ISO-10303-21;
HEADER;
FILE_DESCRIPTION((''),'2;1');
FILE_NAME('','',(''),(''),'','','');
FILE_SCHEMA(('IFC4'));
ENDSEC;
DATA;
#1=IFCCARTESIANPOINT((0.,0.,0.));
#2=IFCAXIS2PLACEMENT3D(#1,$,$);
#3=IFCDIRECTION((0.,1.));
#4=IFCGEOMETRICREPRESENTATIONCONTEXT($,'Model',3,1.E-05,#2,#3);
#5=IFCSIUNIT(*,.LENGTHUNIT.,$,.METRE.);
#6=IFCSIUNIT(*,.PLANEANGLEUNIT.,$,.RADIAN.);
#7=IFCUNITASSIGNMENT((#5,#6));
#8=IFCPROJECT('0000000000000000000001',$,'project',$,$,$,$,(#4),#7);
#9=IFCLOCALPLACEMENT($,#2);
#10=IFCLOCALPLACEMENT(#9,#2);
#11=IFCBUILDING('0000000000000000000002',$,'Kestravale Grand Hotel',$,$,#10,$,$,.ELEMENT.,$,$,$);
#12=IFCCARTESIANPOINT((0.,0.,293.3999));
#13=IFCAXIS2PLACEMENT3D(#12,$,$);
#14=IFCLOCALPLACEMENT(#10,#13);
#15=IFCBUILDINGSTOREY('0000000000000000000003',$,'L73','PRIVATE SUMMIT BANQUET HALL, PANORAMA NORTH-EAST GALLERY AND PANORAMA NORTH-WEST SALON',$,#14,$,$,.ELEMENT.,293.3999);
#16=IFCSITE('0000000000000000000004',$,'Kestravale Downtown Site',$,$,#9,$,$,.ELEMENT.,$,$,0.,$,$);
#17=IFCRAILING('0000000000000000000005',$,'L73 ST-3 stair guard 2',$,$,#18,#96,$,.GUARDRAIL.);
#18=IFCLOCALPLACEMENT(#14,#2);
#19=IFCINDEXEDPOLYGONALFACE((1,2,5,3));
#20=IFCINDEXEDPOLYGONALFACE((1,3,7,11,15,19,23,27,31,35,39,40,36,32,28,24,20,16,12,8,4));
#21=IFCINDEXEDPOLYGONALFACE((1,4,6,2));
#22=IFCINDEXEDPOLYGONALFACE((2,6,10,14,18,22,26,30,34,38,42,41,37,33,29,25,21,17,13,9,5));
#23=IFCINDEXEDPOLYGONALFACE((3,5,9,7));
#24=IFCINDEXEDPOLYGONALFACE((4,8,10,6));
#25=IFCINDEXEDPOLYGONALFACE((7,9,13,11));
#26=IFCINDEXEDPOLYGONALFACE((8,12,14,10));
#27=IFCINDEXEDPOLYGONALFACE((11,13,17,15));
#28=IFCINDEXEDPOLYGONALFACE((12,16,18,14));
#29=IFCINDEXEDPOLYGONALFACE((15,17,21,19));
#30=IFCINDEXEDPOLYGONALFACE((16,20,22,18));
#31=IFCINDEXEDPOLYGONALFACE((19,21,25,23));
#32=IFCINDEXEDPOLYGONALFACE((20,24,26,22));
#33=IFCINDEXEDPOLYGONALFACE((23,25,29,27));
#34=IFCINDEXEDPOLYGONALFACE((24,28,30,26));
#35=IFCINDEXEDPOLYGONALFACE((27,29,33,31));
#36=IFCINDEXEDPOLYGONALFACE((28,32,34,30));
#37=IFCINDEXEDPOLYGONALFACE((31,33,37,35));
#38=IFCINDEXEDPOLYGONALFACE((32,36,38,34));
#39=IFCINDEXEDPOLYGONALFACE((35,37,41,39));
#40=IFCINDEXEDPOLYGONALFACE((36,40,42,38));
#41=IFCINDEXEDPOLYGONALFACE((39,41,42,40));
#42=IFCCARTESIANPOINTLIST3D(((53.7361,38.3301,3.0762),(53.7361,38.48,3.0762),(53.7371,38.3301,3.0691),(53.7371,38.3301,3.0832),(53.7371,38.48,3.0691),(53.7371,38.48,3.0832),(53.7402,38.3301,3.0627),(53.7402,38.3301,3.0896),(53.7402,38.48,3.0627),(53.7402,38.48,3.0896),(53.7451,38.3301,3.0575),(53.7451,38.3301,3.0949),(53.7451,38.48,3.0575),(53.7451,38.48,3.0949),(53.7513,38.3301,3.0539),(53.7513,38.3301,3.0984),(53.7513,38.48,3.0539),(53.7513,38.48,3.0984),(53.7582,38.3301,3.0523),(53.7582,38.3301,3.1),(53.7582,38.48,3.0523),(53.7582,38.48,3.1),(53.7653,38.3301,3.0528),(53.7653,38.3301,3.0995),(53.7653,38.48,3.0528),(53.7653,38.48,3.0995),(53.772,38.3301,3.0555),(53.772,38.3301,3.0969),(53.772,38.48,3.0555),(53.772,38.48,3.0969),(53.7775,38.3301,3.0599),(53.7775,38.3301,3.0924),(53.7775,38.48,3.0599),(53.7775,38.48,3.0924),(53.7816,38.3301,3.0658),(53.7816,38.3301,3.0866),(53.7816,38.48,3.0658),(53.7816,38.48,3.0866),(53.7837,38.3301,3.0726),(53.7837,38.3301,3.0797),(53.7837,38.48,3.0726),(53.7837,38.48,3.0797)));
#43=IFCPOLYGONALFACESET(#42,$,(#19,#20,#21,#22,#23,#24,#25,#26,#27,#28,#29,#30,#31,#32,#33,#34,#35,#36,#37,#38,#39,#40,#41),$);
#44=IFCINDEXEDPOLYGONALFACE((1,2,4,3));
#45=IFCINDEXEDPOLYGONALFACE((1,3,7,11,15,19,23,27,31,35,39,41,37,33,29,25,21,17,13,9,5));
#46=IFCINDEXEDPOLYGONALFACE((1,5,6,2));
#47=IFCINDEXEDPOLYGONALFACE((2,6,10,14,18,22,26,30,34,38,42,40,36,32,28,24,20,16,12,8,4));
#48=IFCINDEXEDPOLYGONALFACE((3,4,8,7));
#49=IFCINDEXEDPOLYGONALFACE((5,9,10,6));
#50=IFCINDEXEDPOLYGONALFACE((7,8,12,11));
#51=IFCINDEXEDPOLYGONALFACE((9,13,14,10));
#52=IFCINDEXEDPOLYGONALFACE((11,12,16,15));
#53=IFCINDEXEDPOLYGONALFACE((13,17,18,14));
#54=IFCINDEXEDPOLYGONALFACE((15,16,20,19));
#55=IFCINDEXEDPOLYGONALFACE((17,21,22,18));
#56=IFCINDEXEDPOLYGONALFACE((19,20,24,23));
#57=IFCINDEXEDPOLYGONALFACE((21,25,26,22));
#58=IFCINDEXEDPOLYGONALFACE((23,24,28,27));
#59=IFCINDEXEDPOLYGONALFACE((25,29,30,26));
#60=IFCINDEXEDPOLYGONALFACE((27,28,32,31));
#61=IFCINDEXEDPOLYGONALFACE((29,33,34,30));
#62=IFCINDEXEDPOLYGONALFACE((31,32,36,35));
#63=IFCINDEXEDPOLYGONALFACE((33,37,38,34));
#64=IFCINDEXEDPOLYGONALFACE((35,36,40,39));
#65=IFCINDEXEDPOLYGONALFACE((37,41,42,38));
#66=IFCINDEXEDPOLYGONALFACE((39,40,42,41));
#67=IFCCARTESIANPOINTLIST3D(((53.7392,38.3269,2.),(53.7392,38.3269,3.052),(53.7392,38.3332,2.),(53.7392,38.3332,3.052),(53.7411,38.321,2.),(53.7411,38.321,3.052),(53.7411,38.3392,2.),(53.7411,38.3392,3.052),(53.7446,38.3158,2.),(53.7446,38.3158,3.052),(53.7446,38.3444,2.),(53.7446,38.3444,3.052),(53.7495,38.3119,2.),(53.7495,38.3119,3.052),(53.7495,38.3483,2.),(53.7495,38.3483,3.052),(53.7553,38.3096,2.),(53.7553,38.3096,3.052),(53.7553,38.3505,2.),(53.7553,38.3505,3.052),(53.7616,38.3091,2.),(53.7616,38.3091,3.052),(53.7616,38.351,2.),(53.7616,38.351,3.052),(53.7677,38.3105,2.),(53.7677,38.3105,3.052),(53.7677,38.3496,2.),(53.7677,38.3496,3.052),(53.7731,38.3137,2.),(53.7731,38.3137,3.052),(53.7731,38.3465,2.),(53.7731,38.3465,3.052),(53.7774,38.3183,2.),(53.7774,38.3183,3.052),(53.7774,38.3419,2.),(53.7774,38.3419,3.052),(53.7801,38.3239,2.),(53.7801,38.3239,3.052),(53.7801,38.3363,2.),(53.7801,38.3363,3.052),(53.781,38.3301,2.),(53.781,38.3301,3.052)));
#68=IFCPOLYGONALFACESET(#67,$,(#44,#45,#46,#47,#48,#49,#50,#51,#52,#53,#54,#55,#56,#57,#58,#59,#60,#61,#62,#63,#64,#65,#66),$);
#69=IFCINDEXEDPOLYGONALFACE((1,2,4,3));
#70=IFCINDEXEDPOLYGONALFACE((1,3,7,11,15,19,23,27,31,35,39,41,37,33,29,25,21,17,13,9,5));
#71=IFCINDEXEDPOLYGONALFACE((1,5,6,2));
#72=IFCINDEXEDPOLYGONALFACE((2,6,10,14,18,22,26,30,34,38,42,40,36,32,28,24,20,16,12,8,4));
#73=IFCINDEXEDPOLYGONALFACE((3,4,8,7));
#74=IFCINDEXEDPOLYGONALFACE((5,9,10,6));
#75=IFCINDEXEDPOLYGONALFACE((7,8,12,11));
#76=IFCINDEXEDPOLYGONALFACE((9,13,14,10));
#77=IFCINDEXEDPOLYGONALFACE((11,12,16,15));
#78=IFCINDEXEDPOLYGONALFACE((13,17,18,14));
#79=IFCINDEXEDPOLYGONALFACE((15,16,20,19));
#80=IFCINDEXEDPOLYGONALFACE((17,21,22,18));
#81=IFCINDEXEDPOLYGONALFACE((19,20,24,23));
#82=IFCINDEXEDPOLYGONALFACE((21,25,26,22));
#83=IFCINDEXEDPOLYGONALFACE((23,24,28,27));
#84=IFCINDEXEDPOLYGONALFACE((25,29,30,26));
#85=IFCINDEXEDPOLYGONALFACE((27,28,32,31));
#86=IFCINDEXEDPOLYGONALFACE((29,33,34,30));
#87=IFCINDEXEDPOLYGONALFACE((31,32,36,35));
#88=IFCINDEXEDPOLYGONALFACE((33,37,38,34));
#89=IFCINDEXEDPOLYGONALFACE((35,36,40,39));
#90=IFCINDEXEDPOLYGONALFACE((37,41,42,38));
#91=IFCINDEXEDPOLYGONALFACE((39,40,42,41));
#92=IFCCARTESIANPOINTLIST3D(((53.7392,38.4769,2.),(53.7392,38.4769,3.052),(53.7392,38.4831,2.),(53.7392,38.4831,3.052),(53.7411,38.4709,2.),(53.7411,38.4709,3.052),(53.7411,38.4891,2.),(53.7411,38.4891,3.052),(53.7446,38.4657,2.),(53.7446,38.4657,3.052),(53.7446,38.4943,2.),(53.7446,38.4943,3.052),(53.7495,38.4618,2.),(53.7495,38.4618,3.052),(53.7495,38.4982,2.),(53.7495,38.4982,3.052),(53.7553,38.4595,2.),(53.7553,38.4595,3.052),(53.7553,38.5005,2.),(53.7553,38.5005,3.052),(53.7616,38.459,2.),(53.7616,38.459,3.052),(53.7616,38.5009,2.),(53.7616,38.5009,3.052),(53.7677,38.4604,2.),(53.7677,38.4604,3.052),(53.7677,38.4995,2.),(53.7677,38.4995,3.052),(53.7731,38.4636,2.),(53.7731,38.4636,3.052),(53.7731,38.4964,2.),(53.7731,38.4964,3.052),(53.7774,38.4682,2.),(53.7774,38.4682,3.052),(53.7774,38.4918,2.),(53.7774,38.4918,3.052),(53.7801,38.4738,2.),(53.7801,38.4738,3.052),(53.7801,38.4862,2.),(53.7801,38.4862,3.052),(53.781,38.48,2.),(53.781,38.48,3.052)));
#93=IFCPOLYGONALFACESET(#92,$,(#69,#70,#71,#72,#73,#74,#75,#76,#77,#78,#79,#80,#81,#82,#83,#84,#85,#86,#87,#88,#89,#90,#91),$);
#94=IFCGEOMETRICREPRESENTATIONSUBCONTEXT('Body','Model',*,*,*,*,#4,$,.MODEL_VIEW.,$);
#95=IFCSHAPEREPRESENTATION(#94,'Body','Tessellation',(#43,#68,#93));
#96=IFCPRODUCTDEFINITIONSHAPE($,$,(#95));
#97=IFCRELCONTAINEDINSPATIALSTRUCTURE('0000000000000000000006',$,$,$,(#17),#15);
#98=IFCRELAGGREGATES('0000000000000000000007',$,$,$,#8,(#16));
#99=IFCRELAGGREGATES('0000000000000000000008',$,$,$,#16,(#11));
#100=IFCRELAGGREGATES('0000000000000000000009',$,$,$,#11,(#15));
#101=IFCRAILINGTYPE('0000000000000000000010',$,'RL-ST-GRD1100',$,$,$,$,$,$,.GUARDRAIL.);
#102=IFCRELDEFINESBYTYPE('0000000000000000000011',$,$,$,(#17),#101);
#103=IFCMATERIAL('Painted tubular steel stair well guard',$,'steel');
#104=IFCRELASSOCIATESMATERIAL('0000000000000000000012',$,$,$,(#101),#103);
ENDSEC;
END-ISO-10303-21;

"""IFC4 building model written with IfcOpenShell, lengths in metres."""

from ifc_helpers import new_model, si_unit, direction, frame, origin, origin_2d, place, context, subcontext, project, spatial, circle, extrude, material, type_object, element, save


model = new_model("IFC4")

# Units and contexts
model_context = context("Model", 3, precision=1e-05, world=origin(), true_north=direction((0.0, 1.0)))
body_context = subcontext(model_context, "Body", "Model", "MODEL_VIEW")
ifc_project = project(units=[si_unit("LENGTHUNIT", "METRE"), si_unit("PLANEANGLEUNIT", "RADIAN")], contexts=[model_context])

# Site, building, storey
site_placement = place(None, origin())
site = spatial("IfcSite", under=ifc_project, at=site_placement, Name="Kestravale Downtown Site", CompositionType="ELEMENT", RefElevation=0.0)
building_placement = place(site_placement, origin())
building = spatial("IfcBuilding", under=site, at=building_placement, Name="Kestravale Grand Hotel", CompositionType="ELEMENT")
storey_placement = place(building_placement, frame((0.0, 0.0, 293.3999)))
storey = spatial("IfcBuildingStorey", under=building, at=storey_placement, Name="L73", Description="PRIVATE SUMMIT BANQUET HALL, PANORAMA NORTH-EAST GALLERY AND PANORAMA NORTH-WEST SALON", CompositionType="ELEMENT", Elevation=293.3999)

# Railing
ifc_material_1 = material(Name="Painted tubular steel stair well guard", Category="steel")
railing_type_1 = type_object("IfcRailingType", Name="RL-ST-GRD1100", PredefinedType="GUARDRAIL", material=ifc_material_1)
railing_1_placement = place(storey_placement, frame((53.76, 38.3301, 2.0)))
element("IfcRailing", 1, at=railing_1_placement, inside=storey, type_object=railing_type_1, Name="L73 ST-3 stair guard 2", PredefinedType="GUARDRAIL", context=body_context, shape_type="SweptSolid", body=[
    extrude(circle(Radius=0.0239, at=origin_2d()), frame((0.0, 0.0, 1.0762), z_axis=(0.0, 1.0, 0.0), x_axis=(-1.0, 0.0, 0.0)), (0.0, 0.0, 1.0), 0.1499),
    extrude(circle(Radius=0.021, at=origin_2d()), origin(), (0.0, 0.0, 1.0), 1.052),
    extrude(circle(Radius=0.021, at=origin_2d()), frame((0.0, 0.1499, 0.0)), (0.0, 0.0, 1.0), 1.052),
])

save(model, "model.ifc")
